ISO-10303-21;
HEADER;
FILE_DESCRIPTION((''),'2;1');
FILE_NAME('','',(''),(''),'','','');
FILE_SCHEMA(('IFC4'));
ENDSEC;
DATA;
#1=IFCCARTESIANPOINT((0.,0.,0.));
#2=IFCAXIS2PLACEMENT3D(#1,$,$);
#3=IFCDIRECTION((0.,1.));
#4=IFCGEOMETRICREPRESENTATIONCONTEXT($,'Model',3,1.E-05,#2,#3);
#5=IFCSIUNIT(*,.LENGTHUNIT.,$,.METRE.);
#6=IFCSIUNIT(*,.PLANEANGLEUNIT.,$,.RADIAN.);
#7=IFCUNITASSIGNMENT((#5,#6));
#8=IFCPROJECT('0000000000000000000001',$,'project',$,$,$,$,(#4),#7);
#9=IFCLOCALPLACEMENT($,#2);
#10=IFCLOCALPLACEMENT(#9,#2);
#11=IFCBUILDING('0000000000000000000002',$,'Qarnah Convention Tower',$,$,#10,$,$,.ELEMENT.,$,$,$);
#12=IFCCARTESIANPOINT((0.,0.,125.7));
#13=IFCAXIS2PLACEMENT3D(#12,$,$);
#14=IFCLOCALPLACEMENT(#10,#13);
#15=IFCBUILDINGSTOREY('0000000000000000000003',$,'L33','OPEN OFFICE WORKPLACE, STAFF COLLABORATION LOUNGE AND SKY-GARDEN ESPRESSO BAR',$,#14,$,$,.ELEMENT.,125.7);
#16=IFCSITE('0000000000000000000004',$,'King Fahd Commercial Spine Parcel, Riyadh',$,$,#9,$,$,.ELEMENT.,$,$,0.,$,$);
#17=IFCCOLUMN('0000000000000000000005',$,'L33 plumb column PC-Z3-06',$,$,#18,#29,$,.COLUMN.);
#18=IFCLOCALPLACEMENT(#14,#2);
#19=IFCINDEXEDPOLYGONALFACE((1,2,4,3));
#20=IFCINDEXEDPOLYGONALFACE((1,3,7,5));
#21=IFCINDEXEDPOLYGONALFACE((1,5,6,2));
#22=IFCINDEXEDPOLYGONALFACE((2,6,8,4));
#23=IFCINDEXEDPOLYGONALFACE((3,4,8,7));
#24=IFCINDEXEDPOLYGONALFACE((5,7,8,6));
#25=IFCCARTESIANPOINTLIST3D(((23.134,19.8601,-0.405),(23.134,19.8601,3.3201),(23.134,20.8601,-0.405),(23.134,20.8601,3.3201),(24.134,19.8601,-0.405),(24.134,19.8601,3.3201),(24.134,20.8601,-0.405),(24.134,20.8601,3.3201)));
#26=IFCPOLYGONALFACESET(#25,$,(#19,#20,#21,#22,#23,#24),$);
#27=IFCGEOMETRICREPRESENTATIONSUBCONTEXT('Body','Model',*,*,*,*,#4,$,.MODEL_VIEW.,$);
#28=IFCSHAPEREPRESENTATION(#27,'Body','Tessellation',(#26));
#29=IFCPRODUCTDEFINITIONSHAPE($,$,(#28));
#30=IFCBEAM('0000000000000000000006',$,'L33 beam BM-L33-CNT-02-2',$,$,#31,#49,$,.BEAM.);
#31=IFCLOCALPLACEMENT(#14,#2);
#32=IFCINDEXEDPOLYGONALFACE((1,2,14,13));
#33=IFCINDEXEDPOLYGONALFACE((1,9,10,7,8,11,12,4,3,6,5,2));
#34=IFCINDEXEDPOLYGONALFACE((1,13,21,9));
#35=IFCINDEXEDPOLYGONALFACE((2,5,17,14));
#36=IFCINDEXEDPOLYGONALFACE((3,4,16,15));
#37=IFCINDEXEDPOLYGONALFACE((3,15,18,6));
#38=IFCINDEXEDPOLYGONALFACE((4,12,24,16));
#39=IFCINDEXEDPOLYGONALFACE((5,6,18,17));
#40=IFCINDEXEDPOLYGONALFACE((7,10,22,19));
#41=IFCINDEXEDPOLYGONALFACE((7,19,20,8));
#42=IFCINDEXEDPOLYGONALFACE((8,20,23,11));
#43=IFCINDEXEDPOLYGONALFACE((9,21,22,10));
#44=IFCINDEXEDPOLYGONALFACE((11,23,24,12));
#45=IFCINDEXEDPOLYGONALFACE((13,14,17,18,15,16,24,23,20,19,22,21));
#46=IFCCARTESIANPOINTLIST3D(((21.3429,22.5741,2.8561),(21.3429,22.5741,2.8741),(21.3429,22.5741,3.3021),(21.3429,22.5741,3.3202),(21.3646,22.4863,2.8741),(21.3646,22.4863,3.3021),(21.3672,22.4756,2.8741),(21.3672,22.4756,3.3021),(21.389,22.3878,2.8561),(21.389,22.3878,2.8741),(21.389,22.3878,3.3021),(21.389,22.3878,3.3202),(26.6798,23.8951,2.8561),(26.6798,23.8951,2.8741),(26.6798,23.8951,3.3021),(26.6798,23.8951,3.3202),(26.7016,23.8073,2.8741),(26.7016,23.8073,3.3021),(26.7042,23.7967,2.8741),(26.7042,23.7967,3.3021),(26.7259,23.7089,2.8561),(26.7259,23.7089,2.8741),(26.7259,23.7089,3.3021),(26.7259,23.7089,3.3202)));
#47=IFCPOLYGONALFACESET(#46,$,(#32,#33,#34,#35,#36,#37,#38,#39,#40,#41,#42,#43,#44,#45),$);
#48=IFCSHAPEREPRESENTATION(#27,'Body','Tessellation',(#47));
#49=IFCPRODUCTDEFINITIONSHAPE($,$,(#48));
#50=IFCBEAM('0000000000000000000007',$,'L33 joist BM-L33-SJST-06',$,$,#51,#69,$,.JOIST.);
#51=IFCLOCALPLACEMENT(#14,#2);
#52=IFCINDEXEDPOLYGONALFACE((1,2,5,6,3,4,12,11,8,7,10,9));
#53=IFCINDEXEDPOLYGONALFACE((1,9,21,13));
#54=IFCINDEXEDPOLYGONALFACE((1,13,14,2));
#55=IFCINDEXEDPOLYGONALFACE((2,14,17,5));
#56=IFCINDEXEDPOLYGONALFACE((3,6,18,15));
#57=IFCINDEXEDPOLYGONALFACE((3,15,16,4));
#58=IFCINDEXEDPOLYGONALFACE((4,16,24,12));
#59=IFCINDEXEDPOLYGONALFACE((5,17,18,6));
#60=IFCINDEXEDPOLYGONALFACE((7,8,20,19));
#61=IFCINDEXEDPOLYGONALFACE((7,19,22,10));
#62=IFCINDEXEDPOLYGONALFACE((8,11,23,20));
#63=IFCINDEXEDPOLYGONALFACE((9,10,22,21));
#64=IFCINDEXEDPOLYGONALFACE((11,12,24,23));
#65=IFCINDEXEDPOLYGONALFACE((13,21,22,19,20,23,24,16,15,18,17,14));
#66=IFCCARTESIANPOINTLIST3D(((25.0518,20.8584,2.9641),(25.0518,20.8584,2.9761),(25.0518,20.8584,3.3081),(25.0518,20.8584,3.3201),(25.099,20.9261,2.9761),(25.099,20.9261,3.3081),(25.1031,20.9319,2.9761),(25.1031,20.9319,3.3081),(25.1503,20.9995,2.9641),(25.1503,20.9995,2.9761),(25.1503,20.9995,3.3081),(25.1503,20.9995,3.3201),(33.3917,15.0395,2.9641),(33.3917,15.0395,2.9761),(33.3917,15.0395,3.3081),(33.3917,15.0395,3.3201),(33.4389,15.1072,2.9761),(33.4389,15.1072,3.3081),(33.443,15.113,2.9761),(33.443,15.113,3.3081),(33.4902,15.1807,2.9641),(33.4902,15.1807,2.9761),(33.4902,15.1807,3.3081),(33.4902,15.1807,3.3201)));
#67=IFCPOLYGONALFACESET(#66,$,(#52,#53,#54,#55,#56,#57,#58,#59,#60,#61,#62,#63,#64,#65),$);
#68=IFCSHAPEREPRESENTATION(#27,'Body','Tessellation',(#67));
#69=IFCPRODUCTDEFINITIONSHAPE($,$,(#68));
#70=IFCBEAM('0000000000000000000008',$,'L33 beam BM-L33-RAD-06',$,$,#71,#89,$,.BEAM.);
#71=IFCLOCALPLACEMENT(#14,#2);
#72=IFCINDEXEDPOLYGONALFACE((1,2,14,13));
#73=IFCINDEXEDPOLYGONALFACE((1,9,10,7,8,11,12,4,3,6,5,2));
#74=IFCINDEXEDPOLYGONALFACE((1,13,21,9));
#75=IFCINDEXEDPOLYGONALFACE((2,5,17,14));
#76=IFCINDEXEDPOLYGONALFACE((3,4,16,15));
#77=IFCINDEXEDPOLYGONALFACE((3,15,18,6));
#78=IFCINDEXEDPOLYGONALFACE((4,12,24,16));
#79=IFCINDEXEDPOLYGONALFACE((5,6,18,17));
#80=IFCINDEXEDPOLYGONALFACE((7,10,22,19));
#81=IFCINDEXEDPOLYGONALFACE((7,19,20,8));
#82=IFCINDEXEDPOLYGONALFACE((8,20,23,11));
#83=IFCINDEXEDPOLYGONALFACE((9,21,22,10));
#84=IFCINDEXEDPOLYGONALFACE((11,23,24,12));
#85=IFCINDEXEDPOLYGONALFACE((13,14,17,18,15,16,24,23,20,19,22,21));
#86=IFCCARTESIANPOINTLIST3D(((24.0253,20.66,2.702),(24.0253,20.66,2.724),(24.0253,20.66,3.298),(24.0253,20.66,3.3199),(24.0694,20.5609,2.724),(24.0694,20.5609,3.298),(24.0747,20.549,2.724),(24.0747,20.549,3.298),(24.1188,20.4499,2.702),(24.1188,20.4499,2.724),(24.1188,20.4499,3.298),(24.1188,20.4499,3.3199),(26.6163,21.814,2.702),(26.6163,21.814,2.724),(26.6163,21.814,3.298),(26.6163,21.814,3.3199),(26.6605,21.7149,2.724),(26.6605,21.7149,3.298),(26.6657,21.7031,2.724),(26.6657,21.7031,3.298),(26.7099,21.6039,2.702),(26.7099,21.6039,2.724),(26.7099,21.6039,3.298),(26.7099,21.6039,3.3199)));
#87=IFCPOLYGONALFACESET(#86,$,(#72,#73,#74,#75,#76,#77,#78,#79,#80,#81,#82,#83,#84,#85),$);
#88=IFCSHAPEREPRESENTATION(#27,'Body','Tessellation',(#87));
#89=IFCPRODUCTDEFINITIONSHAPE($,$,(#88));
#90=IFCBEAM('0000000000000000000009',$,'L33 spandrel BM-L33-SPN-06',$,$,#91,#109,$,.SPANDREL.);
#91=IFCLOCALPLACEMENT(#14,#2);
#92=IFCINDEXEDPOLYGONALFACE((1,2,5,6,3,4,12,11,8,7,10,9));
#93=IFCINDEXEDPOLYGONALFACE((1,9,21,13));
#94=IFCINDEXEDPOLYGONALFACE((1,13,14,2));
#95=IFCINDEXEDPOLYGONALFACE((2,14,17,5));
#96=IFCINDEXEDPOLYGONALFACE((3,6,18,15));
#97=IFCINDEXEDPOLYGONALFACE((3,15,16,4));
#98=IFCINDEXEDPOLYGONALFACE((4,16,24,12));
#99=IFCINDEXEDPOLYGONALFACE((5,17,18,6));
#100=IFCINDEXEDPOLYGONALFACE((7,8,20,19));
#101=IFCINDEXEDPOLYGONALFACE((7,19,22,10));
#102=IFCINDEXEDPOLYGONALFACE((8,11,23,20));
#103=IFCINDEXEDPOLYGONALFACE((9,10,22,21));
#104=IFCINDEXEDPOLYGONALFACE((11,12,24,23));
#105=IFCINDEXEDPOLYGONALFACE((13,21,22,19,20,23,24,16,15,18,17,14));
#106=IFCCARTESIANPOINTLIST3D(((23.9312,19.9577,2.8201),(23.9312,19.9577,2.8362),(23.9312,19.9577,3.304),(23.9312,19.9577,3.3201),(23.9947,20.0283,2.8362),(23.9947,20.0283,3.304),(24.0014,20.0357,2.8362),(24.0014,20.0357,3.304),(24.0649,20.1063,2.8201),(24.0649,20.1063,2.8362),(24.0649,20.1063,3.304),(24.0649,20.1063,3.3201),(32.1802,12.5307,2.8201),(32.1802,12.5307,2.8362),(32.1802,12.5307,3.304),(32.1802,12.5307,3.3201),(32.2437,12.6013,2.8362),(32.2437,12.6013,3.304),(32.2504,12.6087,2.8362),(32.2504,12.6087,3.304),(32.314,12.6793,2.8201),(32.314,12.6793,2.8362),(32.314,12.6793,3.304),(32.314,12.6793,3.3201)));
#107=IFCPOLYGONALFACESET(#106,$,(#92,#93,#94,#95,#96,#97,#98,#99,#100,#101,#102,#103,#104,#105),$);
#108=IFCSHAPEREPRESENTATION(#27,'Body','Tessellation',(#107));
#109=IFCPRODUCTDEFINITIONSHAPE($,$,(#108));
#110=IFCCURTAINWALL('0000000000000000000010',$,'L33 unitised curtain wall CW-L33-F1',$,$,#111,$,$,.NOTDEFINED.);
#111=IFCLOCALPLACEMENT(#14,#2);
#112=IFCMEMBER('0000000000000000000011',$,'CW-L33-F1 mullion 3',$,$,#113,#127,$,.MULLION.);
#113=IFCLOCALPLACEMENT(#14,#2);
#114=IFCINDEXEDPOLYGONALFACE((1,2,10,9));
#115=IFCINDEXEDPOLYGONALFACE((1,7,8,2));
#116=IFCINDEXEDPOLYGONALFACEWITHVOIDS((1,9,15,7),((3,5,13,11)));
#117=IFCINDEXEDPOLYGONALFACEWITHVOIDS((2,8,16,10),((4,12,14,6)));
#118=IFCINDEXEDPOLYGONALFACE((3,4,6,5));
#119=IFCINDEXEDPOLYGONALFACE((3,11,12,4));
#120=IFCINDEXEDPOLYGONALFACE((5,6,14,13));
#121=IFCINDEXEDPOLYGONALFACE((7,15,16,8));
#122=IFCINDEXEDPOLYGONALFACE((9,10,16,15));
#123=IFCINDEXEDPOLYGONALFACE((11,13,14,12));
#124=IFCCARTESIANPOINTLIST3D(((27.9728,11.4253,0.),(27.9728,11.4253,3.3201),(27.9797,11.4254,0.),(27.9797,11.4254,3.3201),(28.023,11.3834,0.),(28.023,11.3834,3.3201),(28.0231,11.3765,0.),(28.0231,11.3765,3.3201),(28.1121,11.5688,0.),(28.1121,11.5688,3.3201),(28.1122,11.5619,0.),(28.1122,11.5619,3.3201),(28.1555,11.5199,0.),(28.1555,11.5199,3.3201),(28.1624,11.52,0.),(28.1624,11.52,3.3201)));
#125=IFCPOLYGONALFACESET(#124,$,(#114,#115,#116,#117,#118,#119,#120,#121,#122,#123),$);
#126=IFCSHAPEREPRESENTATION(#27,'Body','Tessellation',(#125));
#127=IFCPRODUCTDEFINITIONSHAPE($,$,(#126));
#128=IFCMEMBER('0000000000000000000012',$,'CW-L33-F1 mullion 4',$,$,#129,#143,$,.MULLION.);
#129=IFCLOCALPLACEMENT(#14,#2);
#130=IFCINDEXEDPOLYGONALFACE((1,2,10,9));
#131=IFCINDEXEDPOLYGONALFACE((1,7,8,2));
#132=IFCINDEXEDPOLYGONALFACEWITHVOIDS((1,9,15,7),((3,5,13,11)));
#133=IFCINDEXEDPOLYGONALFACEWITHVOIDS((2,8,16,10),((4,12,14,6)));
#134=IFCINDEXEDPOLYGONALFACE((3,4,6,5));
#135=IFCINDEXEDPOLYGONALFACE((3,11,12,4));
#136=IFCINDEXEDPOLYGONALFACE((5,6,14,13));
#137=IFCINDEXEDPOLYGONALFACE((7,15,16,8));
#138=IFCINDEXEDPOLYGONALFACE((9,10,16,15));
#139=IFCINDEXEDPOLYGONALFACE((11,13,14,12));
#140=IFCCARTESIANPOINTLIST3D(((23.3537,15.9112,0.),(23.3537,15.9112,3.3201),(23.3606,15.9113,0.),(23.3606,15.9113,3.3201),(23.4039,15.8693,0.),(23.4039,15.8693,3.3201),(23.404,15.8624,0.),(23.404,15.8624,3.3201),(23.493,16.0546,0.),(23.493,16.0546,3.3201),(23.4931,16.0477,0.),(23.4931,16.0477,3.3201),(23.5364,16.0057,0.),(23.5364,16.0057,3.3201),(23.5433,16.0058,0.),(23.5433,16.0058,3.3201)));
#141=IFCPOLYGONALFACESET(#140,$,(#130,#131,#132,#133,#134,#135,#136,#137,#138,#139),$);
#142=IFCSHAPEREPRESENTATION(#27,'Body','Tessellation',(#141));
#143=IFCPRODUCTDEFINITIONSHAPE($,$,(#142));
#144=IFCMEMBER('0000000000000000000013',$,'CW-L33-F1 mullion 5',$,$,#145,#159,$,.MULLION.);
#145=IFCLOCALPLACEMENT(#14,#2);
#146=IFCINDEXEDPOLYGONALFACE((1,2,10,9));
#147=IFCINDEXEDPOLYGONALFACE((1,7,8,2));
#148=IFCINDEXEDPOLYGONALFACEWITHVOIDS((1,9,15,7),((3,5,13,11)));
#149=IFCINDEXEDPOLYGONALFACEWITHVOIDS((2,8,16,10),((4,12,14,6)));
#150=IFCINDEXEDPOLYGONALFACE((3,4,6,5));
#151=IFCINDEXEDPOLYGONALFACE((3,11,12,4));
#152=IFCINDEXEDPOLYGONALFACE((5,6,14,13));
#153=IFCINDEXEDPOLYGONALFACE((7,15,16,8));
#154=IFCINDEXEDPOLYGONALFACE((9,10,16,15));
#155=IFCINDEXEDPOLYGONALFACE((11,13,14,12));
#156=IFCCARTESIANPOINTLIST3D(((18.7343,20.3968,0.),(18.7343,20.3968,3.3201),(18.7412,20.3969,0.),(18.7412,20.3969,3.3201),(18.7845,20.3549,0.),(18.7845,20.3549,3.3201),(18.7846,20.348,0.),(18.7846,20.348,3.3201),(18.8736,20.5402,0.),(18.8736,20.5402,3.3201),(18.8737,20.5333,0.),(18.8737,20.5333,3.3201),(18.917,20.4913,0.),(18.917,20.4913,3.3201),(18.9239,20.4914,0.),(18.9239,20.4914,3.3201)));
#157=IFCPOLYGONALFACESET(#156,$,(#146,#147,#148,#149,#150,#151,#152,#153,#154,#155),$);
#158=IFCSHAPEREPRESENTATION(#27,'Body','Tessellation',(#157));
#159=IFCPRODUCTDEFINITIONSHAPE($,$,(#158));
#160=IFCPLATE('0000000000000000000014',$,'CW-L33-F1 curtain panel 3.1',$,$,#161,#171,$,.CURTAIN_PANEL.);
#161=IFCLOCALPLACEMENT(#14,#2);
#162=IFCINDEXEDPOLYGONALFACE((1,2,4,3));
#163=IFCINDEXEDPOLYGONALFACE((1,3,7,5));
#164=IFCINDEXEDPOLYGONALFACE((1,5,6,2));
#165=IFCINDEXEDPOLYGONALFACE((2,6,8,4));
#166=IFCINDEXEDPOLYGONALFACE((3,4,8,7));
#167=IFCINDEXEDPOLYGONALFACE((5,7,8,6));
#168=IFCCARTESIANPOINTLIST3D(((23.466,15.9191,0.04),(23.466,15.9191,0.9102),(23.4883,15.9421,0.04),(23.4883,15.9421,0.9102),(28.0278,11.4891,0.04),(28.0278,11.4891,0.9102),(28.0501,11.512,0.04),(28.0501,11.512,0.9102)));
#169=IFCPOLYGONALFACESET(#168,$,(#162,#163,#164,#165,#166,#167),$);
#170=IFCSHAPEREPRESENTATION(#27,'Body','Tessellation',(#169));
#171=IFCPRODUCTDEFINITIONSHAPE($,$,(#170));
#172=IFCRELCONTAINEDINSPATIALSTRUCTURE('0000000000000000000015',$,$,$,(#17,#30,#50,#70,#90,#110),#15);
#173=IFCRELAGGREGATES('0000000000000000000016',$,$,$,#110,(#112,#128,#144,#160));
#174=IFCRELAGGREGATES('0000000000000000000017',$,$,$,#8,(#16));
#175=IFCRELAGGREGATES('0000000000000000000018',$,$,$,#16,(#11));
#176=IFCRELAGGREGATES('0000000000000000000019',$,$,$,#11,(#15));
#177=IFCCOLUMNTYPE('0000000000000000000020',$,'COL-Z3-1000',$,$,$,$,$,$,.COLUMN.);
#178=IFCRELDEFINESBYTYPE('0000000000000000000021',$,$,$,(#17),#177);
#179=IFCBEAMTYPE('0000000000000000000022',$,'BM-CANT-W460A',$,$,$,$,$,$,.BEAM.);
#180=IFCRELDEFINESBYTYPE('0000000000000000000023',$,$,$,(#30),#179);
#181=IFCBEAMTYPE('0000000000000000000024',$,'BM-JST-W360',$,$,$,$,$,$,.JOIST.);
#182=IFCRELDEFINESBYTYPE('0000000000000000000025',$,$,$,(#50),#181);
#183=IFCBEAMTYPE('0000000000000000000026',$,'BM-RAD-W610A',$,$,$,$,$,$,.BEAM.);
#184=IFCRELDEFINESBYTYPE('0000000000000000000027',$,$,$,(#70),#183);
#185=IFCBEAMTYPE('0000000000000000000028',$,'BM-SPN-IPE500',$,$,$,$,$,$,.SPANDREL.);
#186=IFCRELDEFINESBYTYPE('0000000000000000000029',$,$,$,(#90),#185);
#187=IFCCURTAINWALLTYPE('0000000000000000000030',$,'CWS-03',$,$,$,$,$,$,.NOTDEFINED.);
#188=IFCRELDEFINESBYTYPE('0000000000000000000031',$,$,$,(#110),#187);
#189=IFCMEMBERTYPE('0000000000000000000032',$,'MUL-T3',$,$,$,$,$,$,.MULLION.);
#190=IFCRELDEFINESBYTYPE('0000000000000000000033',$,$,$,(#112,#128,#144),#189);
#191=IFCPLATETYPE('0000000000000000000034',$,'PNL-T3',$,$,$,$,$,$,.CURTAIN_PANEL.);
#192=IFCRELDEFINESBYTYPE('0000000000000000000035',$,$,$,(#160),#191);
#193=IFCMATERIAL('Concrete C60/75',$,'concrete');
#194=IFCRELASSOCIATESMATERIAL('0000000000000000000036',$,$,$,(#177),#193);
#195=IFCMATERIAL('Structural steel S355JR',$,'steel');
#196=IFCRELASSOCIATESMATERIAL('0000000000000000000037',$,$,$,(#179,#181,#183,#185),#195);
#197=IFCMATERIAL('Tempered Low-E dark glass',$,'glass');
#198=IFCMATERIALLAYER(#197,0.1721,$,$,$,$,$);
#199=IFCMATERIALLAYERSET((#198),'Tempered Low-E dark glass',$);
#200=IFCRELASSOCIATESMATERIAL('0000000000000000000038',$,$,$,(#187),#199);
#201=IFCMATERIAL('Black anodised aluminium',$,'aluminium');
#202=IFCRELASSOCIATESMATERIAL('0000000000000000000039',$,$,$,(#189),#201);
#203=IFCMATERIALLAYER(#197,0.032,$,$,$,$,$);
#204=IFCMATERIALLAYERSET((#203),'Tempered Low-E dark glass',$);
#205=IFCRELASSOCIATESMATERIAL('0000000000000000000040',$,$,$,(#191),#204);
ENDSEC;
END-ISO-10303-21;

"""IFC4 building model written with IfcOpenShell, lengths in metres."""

from ifc_helpers import new_model, si_unit, direction, frame, origin, origin_2d, place, context, subcontext, project, spatial, rectangle, hollow_rectangle, i_section, extrude, material, layer, layer_set, material_profile, profile_set, type_object, element, aggregate, save


model = new_model("IFC4")

# Units and contexts
model_context = context("Model", 3, precision=1e-05, world=origin(), true_north=direction((0.0, 1.0)))
body_context = subcontext(model_context, "Body", "Model", "MODEL_VIEW")
ifc_project = project(units=[si_unit("LENGTHUNIT", "METRE"), si_unit("PLANEANGLEUNIT", "RADIAN")], contexts=[model_context])

# Site, building, storey
site_placement = place(None, origin())
site = spatial("IfcSite", under=ifc_project, at=site_placement, Name="King Fahd Commercial Spine Parcel, Riyadh", CompositionType="ELEMENT", RefElevation=0.0)
building_placement = place(site_placement, origin())
building = spatial("IfcBuilding", under=site, at=building_placement, Name="Qarnah Convention Tower", CompositionType="ELEMENT")
storey_placement = place(building_placement, frame((0.0, 0.0, 125.7)))
storey = spatial("IfcBuildingStorey", under=building, at=storey_placement, Name="L33", Description="OPEN OFFICE WORKPLACE, STAFF COLLABORATION LOUNGE AND SKY-GARDEN ESPRESSO BAR", CompositionType="ELEMENT", Elevation=125.7)

# Column
ifc_material_1 = material(Name="Concrete C60/75", Category="concrete")
ifc_material_profile_1 = material_profile(ifc_material_1, rectangle(XDim=1.0, YDim=1.0, at=origin_2d()), Name="RC-COL-1000X1000")
ifc_profile_set_1 = profile_set([ifc_material_profile_1], Name="Concrete C60/75")
column_type = type_object("IfcColumnType", Name="COL-Z3-1000", PredefinedType="COLUMN", material=ifc_profile_set_1)
column_placement = place(storey_placement, frame((23.634, 20.3601, -0.405), z_axis=(0.0, 0.0, 1.0), x_axis=(1.0, 0.0, 0.0)))
element("IfcColumn", 1, at=column_placement, inside=storey, type_object=column_type, Name="L33 plumb column PC-Z3-06", PredefinedType="COLUMN", context=body_context, shape_type="SweptSolid", body=[
    extrude(rectangle(XDim=1.0, YDim=1.0, at=origin_2d()), origin(), (0.0, 0.0, 1.0), 3.7251),
])

# Beams
ifc_material_2 = material(Name="Structural steel S355JR", Category="steel")
ifc_material_profile_2 = material_profile(ifc_material_2, i_section(OverallWidth=0.1919, OverallDepth=0.4641, WebThickness=0.011, FlangeThickness=0.0181, at=origin_2d()), Name="W460X89")
ifc_profile_set_2 = profile_set([ifc_material_profile_2], Name="Structural steel S355JR")
beam_type_1 = type_object("IfcBeamType", Name="BM-CANT-W460A", PredefinedType="BEAM", material=ifc_profile_set_2)
beam_1_placement = place(storey_placement, frame((26.7029, 23.802, 3.0881), z_axis=(-0.970704, -0.240278, 0.0), x_axis=(0.240278, -0.970704, 0.0)))
element("IfcBeam", 2, at=beam_1_placement, inside=storey, type_object=beam_type_1, Name="L33 beam BM-L33-CNT-02-2", PredefinedType="BEAM", context=body_context, shape_type="SweptSolid", body=[
    extrude(i_section(OverallWidth=0.1919, OverallDepth=0.4641, WebThickness=0.011, FlangeThickness=0.0181, at=origin_2d()), origin(), (0.0, 0.0, 1.0), 5.498),
])
ifc_material_profile_3 = material_profile(ifc_material_2, i_section(OverallWidth=0.1721, OverallDepth=0.356, WebThickness=0.0071, FlangeThickness=0.012, at=origin_2d()), Name="W360X51")
ifc_profile_set_3 = profile_set([ifc_material_profile_3], Name="Structural steel S355JR")
beam_type_2 = type_object("IfcBeamType", Name="BM-JST-W360", PredefinedType="JOIST", material=ifc_profile_set_3)
beam_2_placement = place(storey_placement, frame((25.1011, 20.929, 3.1421), z_axis=(0.820111, -0.572205, 0.0), x_axis=(0.572205, 0.820111, 0.0)))
element("IfcBeam", 3, at=beam_2_placement, inside=storey, type_object=beam_type_2, Name="L33 joist BM-L33-SJST-06", PredefinedType="JOIST", context=body_context, shape_type="SweptSolid", body=[
    extrude(i_section(OverallWidth=0.1721, OverallDepth=0.356, WebThickness=0.0071, FlangeThickness=0.012, at=origin_2d()), origin(), (0.0, 0.0, 1.0), 10.1692),
])
ifc_material_profile_4 = material_profile(ifc_material_2, i_section(OverallWidth=0.23, OverallDepth=0.6179, WebThickness=0.0129, FlangeThickness=0.022, at=origin_2d()), Name="W610X140")
ifc_profile_set_4 = profile_set([ifc_material_profile_4], Name="Structural steel S355JR")
beam_type_3 = type_object("IfcBeamType", Name="BM-RAD-W610A", PredefinedType="BEAM", material=ifc_profile_set_4)
beam_3_placement = place(storey_placement, frame((26.6631, 21.709, 3.011), z_axis=(-0.913488, -0.406865, 0.0), x_axis=(0.406865, -0.913488, 0.0)))
element("IfcBeam", 4, at=beam_3_placement, inside=storey, type_object=beam_type_3, Name="L33 beam BM-L33-RAD-06", PredefinedType="BEAM", context=body_context, shape_type="SweptSolid", body=[
    extrude(i_section(OverallWidth=0.23, OverallDepth=0.6179, WebThickness=0.0129, FlangeThickness=0.022, at=origin_2d()), origin(), (0.0, 0.0, 1.0), 2.8364),
])
ifc_material_profile_5 = material_profile(ifc_material_2, i_section(OverallWidth=0.2, OverallDepth=0.5, WebThickness=0.01, FlangeThickness=0.0161, at=origin_2d()), Name="IPE500")
ifc_profile_set_5 = profile_set([ifc_material_profile_5], Name="Structural steel S355JR")
beam_type_4 = type_object("IfcBeamType", Name="BM-SPN-IPE500", PredefinedType="SPANDREL", material=ifc_profile_set_5)
beam_4_placement = place(storey_placement, frame((23.998, 20.032, 3.0701), z_axis=(0.743165, -0.669108, 0.0), x_axis=(0.669108, 0.743165, 0.0)))
element("IfcBeam", 5, at=beam_4_placement, inside=storey, type_object=beam_type_4, Name="L33 spandrel BM-L33-SPN-06", PredefinedType="SPANDREL", context=body_context, shape_type="SweptSolid", body=[
    extrude(i_section(OverallWidth=0.2, OverallDepth=0.5, WebThickness=0.01, FlangeThickness=0.0161, at=origin_2d()), origin(), (0.0, 0.0, 1.0), 11.0999),
])

# Curtain wall, members, plate
ifc_material_3 = material(Name="Tempered Low-E dark glass", Category="glass")
ifc_layer_1 = layer(ifc_material_3, 0.1721)
ifc_layer_set_1 = layer_set([ifc_layer_1], Name="Tempered Low-E dark glass")
curtain_wall_type = type_object("IfcCurtainWallType", Name="CWS-03", PredefinedType="NOTDEFINED", material=ifc_layer_set_1)
curtain_wall_placement = place(storey_placement, origin())
curtain_wall = element("IfcCurtainWall", 6, at=curtain_wall_placement, inside=storey, type_object=curtain_wall_type, Name="L33 unitised curtain wall CW-L33-F1", PredefinedType="NOTDEFINED")
ifc_material_4 = material(Name="Black anodised aluminium", Category="aluminium")
ifc_material_profile_6 = material_profile(ifc_material_4, hollow_rectangle(XDim=0.0701, YDim=0.2, WallThickness=0.0049, at=origin_2d()), Name="MUL-70X200")
ifc_profile_set_6 = profile_set([ifc_material_profile_6], Name="Black anodised aluminium")
member_type = type_object("IfcMemberType", Name="MUL-T3", PredefinedType="MULLION", material=ifc_profile_set_6)
member_1_placement = place(storey_placement, frame((28.0676, 11.4727, 0.0), z_axis=(0.0, 0.0, 1.0), x_axis=(-0.71739, 0.696672, 0.0)))
member_1 = element("IfcMember", 7, at=member_1_placement, type_object=member_type, Name="CW-L33-F1 mullion 3", PredefinedType="MULLION", context=body_context, shape_type="SweptSolid", body=[
    extrude(hollow_rectangle(XDim=0.0701, YDim=0.2, WallThickness=0.0049, at=origin_2d()), origin(), (0.0, 0.0, 1.0), 3.3201),
])
member_2_placement = place(storey_placement, frame((23.4485, 15.9585, 0.0), z_axis=(0.0, 0.0, 1.0), x_axis=(-0.71739, 0.696672, 0.0)))
member_2 = element("IfcMember", 8, at=member_2_placement, type_object=member_type, Name="CW-L33-F1 mullion 4", PredefinedType="MULLION", context=body_context, shape_type="SweptSolid", body=[
    extrude(hollow_rectangle(XDim=0.0701, YDim=0.2, WallThickness=0.0049, at=origin_2d()), origin(), (0.0, 0.0, 1.0), 3.3201),
])
member_3_placement = place(storey_placement, frame((18.8291, 20.4441, 0.0), z_axis=(0.0, 0.0, 1.0), x_axis=(-0.71739, 0.696672, 0.0)))
member_3 = element("IfcMember", 9, at=member_3_placement, type_object=member_type, Name="CW-L33-F1 mullion 5", PredefinedType="MULLION", context=body_context, shape_type="SweptSolid", body=[
    extrude(hollow_rectangle(XDim=0.0701, YDim=0.2, WallThickness=0.0049, at=origin_2d()), origin(), (0.0, 0.0, 1.0), 3.3201),
])
ifc_layer_2 = layer(ifc_material_3, 0.032)
ifc_layer_set_2 = layer_set([ifc_layer_2], Name="Tempered Low-E dark glass")
plate_type = type_object("IfcPlateType", Name="PNL-T3", PredefinedType="CURTAIN_PANEL", material=ifc_layer_set_2)
plate_1_placement = place(storey_placement, frame((25.7581, 13.7156, 0.04), z_axis=(0.0, 0.0, 1.0), x_axis=(-0.71739, 0.696672, 0.0)))
plate_1 = element("IfcPlate", 10, at=plate_1_placement, type_object=plate_type, Name="CW-L33-F1 curtain panel 3.1", PredefinedType="CURTAIN_PANEL", context=body_context, shape_type="SweptSolid", body=[
    extrude(rectangle(XDim=6.3589, YDim=0.032, at=origin_2d()), origin(), (0.0, 0.0, 1.0), 0.8701),
])
aggregate(curtain_wall, [member_1, member_2, member_3, plate_1])

save(model, "model.ifc")
